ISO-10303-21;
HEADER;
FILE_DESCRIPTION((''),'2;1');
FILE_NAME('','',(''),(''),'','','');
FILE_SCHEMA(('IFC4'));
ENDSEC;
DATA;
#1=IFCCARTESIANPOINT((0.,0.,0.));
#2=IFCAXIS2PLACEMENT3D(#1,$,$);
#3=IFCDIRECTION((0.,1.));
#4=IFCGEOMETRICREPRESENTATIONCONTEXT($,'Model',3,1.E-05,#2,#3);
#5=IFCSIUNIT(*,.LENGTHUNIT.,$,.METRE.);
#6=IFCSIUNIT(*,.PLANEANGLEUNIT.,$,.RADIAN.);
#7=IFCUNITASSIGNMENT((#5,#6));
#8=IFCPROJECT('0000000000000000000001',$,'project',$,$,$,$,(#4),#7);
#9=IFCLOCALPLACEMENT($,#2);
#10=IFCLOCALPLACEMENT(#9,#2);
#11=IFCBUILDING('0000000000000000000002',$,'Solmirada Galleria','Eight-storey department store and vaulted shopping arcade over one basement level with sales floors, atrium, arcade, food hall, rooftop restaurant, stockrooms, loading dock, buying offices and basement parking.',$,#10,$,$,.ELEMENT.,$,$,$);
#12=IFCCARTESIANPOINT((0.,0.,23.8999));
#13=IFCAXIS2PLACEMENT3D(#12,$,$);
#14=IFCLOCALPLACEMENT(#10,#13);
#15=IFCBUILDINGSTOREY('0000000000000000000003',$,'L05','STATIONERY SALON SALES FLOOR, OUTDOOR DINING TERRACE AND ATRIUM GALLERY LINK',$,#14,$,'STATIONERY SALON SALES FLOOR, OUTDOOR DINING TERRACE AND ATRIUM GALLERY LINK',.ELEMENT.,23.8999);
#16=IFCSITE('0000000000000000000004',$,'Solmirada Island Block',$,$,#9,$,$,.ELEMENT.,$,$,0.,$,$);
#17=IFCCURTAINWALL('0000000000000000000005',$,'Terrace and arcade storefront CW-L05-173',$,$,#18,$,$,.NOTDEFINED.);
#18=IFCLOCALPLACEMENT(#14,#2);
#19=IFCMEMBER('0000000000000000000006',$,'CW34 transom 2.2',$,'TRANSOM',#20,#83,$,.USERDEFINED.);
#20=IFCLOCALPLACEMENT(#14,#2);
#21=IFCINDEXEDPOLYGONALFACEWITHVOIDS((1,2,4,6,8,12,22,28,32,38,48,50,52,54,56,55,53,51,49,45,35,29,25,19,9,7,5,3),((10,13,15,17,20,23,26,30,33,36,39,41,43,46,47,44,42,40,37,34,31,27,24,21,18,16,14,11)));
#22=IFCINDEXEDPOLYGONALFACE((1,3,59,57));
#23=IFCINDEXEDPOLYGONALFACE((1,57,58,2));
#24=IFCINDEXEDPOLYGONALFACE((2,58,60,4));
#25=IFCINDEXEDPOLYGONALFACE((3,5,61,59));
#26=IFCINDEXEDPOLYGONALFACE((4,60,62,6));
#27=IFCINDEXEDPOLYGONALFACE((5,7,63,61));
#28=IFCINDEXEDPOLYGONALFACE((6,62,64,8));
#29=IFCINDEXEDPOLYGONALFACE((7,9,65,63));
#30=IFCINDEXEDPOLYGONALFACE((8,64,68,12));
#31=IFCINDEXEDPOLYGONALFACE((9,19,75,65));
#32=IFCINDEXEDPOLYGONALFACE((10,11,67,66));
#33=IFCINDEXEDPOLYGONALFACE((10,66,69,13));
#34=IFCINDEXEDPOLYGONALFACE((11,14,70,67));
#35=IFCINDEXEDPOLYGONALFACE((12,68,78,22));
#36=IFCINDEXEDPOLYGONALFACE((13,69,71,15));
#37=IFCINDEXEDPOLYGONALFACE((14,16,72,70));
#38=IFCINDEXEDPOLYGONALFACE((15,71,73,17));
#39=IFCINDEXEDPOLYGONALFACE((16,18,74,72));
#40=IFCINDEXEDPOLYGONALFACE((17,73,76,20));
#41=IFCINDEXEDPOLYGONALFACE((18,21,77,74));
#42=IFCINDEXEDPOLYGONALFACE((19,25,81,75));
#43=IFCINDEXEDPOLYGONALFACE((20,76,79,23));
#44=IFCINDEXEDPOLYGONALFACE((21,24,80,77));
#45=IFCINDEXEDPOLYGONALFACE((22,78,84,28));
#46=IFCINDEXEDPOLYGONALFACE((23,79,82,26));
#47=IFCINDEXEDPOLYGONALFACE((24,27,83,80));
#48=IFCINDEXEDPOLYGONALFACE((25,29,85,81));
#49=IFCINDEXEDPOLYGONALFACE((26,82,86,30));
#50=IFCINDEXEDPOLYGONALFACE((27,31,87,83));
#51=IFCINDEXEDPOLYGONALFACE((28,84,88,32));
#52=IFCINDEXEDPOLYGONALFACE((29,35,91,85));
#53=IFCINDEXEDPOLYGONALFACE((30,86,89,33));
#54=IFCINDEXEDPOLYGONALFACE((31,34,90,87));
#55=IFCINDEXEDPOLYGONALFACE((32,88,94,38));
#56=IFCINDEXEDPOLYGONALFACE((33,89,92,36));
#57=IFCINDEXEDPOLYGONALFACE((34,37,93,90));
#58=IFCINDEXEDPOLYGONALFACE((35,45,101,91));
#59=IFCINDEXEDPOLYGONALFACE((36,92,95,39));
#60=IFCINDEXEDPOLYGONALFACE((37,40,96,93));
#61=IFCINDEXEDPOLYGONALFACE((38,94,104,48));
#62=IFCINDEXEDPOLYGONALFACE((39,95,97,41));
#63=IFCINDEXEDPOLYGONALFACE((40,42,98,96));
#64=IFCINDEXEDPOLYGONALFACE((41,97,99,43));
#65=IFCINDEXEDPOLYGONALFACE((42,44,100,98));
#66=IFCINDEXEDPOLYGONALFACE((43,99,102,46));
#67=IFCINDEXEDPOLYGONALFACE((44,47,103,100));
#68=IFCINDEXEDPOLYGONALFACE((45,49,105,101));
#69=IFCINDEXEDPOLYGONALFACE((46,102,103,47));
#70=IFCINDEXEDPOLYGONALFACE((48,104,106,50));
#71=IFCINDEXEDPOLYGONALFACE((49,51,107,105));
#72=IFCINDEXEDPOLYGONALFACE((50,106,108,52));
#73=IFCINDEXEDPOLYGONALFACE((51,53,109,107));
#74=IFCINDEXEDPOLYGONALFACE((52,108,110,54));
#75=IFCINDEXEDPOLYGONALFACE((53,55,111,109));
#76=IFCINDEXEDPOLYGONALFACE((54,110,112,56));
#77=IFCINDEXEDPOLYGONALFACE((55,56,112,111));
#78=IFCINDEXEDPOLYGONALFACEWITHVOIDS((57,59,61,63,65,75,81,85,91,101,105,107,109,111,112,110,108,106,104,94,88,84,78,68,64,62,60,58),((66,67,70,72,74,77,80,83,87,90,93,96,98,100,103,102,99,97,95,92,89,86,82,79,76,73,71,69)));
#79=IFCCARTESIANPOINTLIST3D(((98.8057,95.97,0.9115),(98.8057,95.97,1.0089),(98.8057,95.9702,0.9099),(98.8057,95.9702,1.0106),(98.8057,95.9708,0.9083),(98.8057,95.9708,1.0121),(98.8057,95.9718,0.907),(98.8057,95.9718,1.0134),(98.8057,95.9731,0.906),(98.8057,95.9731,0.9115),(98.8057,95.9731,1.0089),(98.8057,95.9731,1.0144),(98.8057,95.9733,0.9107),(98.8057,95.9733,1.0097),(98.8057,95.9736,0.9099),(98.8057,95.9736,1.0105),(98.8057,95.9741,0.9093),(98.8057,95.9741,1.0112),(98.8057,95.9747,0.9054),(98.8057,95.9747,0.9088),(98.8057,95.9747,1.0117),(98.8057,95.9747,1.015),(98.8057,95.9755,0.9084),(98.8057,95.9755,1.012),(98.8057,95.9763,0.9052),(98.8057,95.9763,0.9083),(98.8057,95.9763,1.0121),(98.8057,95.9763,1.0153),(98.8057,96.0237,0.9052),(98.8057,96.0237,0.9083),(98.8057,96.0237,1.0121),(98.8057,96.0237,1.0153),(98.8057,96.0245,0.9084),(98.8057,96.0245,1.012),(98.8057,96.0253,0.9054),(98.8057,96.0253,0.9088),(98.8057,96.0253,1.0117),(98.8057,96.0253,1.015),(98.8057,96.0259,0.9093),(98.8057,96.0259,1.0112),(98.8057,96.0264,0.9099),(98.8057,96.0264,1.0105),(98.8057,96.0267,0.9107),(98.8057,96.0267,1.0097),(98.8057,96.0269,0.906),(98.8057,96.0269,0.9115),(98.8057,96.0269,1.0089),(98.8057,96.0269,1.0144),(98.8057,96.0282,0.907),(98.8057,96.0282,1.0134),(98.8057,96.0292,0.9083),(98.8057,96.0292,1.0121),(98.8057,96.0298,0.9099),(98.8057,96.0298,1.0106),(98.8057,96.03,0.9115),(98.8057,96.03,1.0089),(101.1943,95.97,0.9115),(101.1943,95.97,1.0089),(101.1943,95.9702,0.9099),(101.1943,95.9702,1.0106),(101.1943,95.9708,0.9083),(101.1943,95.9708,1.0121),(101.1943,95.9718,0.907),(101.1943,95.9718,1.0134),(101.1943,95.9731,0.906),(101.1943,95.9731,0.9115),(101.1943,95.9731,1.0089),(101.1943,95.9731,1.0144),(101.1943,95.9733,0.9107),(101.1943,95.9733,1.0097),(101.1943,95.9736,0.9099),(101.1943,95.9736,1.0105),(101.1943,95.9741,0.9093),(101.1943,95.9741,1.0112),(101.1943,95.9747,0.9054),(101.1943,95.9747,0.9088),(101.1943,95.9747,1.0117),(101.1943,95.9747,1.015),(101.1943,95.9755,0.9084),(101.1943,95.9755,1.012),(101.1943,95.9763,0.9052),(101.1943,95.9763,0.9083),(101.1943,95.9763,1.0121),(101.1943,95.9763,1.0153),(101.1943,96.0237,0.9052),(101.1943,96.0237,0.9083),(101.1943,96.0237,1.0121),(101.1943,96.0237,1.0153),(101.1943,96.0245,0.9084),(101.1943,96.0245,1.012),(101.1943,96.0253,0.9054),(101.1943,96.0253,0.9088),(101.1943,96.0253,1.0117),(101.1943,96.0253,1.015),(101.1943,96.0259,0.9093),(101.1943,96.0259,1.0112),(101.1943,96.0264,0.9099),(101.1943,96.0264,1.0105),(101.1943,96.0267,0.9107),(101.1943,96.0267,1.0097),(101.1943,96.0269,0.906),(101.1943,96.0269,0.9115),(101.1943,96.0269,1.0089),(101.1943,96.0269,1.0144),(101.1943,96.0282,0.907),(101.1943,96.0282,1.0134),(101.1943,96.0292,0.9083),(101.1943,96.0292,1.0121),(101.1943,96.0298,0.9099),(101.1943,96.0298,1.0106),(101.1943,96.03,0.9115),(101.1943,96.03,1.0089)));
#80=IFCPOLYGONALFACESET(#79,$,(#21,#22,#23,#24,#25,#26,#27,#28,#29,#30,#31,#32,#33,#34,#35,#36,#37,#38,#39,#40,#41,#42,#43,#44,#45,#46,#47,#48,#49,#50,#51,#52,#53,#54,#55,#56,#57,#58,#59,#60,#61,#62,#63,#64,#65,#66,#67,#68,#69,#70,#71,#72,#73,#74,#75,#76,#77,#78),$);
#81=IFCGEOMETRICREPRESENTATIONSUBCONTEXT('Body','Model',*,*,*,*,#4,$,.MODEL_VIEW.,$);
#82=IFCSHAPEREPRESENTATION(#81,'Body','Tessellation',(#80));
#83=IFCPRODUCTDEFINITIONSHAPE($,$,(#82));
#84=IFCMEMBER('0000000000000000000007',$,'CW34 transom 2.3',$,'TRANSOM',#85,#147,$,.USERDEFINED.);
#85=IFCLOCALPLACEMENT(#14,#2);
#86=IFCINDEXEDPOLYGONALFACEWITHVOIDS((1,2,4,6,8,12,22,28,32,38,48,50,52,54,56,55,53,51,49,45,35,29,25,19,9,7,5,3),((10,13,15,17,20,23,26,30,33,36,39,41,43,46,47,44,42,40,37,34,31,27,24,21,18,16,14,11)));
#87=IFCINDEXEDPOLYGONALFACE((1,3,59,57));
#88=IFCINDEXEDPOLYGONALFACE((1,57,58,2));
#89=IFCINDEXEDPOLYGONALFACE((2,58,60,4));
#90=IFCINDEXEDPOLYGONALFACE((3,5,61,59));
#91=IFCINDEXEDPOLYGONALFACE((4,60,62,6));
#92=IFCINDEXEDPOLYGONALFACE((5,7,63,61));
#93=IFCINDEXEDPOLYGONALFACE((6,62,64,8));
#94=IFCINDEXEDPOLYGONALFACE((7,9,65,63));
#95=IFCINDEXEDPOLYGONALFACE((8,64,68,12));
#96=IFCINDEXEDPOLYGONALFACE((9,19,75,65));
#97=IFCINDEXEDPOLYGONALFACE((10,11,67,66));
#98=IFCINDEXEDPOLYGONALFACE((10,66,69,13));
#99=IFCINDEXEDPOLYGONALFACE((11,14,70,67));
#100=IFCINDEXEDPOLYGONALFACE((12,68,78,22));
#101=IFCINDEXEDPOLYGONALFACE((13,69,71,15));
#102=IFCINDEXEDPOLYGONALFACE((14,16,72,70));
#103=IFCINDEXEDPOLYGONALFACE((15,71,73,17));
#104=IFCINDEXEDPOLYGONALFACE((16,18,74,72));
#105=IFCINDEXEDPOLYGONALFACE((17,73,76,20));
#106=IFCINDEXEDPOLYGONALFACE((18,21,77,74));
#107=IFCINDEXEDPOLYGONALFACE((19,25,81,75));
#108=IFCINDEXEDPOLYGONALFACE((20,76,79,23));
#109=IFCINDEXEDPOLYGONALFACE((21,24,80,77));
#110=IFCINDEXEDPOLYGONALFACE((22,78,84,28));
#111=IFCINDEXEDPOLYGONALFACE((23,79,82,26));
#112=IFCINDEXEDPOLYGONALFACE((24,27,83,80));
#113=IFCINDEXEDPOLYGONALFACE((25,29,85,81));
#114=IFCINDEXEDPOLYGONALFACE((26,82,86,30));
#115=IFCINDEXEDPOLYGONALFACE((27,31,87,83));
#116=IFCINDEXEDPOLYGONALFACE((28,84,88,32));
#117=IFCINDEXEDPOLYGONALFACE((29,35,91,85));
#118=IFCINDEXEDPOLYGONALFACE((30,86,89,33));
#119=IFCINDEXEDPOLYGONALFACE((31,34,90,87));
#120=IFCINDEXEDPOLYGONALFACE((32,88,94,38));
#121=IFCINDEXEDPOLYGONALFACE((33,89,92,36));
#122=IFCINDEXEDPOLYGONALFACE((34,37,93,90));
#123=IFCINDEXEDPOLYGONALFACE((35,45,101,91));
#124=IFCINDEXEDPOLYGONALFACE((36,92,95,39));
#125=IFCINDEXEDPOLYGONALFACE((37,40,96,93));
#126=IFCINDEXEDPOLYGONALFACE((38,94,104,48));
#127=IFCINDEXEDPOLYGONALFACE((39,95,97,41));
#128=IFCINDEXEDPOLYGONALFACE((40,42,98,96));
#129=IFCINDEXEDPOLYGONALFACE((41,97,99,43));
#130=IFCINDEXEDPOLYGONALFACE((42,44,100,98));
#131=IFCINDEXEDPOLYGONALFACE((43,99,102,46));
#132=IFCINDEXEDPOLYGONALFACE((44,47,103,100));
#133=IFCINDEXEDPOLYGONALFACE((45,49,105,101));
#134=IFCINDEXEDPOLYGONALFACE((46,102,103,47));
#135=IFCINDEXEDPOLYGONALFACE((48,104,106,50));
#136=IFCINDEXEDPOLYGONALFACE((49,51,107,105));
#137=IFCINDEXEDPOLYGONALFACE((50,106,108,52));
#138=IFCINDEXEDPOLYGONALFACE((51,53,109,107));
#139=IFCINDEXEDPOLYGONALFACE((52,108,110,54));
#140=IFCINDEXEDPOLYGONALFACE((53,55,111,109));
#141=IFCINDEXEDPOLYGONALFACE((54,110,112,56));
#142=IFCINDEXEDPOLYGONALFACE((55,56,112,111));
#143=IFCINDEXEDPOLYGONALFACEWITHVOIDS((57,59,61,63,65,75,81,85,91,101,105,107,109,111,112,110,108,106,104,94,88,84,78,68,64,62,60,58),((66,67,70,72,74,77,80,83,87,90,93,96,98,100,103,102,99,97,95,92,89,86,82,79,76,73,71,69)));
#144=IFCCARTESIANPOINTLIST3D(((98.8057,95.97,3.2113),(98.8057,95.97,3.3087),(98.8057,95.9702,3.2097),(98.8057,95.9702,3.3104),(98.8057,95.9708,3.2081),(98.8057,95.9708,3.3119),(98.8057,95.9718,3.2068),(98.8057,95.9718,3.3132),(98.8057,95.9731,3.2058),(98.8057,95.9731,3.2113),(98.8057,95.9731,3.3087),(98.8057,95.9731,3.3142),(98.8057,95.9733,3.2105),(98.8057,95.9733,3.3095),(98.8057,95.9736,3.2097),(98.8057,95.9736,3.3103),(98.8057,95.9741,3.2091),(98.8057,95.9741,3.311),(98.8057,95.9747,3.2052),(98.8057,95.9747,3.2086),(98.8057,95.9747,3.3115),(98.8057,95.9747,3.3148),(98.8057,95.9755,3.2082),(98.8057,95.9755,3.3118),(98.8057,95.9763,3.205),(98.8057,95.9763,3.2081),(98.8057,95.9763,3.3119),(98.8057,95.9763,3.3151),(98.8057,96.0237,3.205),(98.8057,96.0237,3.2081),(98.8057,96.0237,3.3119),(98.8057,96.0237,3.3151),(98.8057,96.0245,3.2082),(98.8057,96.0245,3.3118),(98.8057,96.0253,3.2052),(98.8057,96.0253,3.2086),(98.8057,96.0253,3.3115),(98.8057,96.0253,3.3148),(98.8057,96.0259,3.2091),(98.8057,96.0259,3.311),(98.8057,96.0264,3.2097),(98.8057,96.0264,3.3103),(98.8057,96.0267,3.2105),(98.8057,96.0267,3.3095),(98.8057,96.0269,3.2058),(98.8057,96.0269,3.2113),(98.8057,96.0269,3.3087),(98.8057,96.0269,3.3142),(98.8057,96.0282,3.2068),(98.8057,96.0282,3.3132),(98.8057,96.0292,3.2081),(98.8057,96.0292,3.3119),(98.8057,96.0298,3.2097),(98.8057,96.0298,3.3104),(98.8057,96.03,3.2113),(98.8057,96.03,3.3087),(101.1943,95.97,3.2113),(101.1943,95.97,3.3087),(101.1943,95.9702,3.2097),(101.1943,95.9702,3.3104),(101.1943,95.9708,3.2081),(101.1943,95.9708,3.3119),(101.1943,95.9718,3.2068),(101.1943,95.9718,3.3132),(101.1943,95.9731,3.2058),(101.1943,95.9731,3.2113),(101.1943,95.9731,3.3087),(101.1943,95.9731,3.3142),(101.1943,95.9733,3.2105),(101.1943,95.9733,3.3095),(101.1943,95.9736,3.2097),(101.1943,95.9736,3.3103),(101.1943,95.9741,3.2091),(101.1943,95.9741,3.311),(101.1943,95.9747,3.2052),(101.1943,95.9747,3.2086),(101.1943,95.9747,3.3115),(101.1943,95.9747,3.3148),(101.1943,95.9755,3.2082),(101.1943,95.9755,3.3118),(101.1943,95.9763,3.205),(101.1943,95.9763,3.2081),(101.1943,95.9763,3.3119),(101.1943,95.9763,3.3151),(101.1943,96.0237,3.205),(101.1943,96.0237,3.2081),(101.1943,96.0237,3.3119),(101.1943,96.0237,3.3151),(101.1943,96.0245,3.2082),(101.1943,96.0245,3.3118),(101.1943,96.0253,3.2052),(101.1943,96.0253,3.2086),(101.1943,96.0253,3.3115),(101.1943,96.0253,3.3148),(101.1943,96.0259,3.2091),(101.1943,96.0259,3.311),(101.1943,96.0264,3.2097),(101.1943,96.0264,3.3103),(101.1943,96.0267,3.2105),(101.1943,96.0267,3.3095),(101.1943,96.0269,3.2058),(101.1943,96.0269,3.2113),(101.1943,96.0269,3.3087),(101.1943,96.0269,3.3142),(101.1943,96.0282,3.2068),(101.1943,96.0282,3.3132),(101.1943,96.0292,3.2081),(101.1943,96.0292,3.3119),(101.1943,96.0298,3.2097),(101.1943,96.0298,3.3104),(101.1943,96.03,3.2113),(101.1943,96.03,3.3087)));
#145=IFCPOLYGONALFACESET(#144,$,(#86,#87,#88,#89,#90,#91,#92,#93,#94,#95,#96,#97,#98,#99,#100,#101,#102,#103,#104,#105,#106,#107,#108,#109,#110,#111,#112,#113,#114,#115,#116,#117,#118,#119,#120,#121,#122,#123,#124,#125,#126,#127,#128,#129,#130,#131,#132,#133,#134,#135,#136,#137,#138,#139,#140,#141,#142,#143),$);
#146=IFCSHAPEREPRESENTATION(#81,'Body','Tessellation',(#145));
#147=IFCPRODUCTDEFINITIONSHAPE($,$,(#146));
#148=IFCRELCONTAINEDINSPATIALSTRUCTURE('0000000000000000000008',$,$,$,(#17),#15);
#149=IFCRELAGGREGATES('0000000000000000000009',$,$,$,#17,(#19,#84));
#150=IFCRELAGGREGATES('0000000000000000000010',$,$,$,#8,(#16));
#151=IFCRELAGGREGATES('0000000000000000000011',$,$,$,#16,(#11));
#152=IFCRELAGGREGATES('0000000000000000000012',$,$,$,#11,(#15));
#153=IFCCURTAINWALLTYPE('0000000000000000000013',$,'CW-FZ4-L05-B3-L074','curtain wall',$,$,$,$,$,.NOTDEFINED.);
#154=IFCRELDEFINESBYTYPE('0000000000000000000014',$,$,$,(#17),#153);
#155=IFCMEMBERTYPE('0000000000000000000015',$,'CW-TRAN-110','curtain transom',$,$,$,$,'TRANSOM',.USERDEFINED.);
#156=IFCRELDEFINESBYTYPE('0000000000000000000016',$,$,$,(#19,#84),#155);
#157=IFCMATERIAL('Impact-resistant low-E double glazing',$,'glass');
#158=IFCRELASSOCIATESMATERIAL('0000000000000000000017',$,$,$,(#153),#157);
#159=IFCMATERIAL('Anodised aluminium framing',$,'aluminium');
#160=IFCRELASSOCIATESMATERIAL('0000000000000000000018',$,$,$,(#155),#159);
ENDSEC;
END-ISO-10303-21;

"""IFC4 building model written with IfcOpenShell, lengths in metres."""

from ifc_helpers import new_model, si_unit, direction, frame, origin, origin_2d, place, context, subcontext, project, spatial, hollow_rectangle, extrude, material, material_profile, profile_set, type_object, element, aggregate, save


model = new_model("IFC4")

# Units and contexts
model_context = context("Model", 3, precision=1e-05, world=origin(), true_north=direction((0.0, 1.0)))
body_context = subcontext(model_context, "Body", "Model", "MODEL_VIEW")
ifc_project = project(units=[si_unit("LENGTHUNIT", "METRE"), si_unit("PLANEANGLEUNIT", "RADIAN")], contexts=[model_context])

# Site, building, storey
site_placement = place(None, origin())
site = spatial("IfcSite", under=ifc_project, at=site_placement, Name="Solmirada Island Block", CompositionType="ELEMENT", RefElevation=0.0)
building_placement = place(site_placement, origin())
building = spatial("IfcBuilding", under=site, at=building_placement, Name="Solmirada Galleria", Description="Eight-storey department store and vaulted shopping arcade over one basement level with sales floors, atrium, arcade, food hall, rooftop restaurant, stockrooms, loading dock, buying offices and basement parking.", CompositionType="ELEMENT")
storey_placement = place(building_placement, frame((0.0, 0.0, 23.8999)))
storey = spatial("IfcBuildingStorey", under=building, at=storey_placement, Name="L05", Description="STATIONERY SALON SALES FLOOR, OUTDOOR DINING TERRACE AND ATRIUM GALLERY LINK", LongName="STATIONERY SALON SALES FLOOR, OUTDOOR DINING TERRACE AND ATRIUM GALLERY LINK", CompositionType="ELEMENT", Elevation=23.8999)

# Curtain wall, members
ifc_material_1 = material(Name="Impact-resistant low-E double glazing", Category="glass")
curtain_wall_type_1 = type_object("IfcCurtainWallType", Name="CW-FZ4-L05-B3-L074", Description="curtain wall", PredefinedType="NOTDEFINED", material=ifc_material_1)
curtain_wall_1_placement = place(storey_placement, origin())
curtain_wall_1 = element("IfcCurtainWall", 1, at=curtain_wall_1_placement, inside=storey, type_object=curtain_wall_type_1, Name="Terrace and arcade storefront CW-L05-173", PredefinedType="NOTDEFINED")
ifc_material_2 = material(Name="Anodised aluminium framing", Category="aluminium")
ifc_material_profile_1 = material_profile(ifc_material_2, hollow_rectangle(XDim=0.0601, YDim=0.1101, WallThickness=0.0032, InnerFilletRadius=0.0032, OuterFilletRadius=0.0063, at=origin_2d()), Name="ALU-TRAN-110X60")
ifc_profile_set_1 = profile_set([ifc_material_profile_1], Name="Anodised aluminium framing")
member_type_1 = type_object("IfcMemberType", Name="CW-TRAN-110", Description="curtain transom", ElementType="TRANSOM", PredefinedType="USERDEFINED", material=ifc_profile_set_1)
member_1_placement = place(storey_placement, frame((101.1943, 96.0, 0.9602), z_axis=(-1.0, 0.0, 0.0), x_axis=(0.0, -1.0, 0.0)))
member_1 = element("IfcMember", 2, at=member_1_placement, type_object=member_type_1, Name="CW34 transom 2.2", ObjectType="TRANSOM", PredefinedType="USERDEFINED", context=body_context, shape_type="SweptSolid", body=[
    extrude(hollow_rectangle(XDim=0.0601, YDim=0.1101, WallThickness=0.0032, InnerFilletRadius=0.0032, OuterFilletRadius=0.0063, at=origin_2d()), origin(), (0.0, 0.0, 1.0), 2.3887),
])
member_2_placement = place(storey_placement, frame((101.1943, 96.0, 3.26), z_axis=(-1.0, 0.0, 0.0), x_axis=(0.0, -1.0, 0.0)))
member_2 = element("IfcMember", 3, at=member_2_placement, type_object=member_type_1, Name="CW34 transom 2.3", ObjectType="TRANSOM", PredefinedType="USERDEFINED", context=body_context, shape_type="SweptSolid", body=[
    extrude(hollow_rectangle(XDim=0.0601, YDim=0.1101, WallThickness=0.0032, InnerFilletRadius=0.0032, OuterFilletRadius=0.0063, at=origin_2d()), origin(), (0.0, 0.0, 1.0), 2.3887),
])

aggregate(curtain_wall_1, [member_1, member_2])

save(model, "model.ifc")
